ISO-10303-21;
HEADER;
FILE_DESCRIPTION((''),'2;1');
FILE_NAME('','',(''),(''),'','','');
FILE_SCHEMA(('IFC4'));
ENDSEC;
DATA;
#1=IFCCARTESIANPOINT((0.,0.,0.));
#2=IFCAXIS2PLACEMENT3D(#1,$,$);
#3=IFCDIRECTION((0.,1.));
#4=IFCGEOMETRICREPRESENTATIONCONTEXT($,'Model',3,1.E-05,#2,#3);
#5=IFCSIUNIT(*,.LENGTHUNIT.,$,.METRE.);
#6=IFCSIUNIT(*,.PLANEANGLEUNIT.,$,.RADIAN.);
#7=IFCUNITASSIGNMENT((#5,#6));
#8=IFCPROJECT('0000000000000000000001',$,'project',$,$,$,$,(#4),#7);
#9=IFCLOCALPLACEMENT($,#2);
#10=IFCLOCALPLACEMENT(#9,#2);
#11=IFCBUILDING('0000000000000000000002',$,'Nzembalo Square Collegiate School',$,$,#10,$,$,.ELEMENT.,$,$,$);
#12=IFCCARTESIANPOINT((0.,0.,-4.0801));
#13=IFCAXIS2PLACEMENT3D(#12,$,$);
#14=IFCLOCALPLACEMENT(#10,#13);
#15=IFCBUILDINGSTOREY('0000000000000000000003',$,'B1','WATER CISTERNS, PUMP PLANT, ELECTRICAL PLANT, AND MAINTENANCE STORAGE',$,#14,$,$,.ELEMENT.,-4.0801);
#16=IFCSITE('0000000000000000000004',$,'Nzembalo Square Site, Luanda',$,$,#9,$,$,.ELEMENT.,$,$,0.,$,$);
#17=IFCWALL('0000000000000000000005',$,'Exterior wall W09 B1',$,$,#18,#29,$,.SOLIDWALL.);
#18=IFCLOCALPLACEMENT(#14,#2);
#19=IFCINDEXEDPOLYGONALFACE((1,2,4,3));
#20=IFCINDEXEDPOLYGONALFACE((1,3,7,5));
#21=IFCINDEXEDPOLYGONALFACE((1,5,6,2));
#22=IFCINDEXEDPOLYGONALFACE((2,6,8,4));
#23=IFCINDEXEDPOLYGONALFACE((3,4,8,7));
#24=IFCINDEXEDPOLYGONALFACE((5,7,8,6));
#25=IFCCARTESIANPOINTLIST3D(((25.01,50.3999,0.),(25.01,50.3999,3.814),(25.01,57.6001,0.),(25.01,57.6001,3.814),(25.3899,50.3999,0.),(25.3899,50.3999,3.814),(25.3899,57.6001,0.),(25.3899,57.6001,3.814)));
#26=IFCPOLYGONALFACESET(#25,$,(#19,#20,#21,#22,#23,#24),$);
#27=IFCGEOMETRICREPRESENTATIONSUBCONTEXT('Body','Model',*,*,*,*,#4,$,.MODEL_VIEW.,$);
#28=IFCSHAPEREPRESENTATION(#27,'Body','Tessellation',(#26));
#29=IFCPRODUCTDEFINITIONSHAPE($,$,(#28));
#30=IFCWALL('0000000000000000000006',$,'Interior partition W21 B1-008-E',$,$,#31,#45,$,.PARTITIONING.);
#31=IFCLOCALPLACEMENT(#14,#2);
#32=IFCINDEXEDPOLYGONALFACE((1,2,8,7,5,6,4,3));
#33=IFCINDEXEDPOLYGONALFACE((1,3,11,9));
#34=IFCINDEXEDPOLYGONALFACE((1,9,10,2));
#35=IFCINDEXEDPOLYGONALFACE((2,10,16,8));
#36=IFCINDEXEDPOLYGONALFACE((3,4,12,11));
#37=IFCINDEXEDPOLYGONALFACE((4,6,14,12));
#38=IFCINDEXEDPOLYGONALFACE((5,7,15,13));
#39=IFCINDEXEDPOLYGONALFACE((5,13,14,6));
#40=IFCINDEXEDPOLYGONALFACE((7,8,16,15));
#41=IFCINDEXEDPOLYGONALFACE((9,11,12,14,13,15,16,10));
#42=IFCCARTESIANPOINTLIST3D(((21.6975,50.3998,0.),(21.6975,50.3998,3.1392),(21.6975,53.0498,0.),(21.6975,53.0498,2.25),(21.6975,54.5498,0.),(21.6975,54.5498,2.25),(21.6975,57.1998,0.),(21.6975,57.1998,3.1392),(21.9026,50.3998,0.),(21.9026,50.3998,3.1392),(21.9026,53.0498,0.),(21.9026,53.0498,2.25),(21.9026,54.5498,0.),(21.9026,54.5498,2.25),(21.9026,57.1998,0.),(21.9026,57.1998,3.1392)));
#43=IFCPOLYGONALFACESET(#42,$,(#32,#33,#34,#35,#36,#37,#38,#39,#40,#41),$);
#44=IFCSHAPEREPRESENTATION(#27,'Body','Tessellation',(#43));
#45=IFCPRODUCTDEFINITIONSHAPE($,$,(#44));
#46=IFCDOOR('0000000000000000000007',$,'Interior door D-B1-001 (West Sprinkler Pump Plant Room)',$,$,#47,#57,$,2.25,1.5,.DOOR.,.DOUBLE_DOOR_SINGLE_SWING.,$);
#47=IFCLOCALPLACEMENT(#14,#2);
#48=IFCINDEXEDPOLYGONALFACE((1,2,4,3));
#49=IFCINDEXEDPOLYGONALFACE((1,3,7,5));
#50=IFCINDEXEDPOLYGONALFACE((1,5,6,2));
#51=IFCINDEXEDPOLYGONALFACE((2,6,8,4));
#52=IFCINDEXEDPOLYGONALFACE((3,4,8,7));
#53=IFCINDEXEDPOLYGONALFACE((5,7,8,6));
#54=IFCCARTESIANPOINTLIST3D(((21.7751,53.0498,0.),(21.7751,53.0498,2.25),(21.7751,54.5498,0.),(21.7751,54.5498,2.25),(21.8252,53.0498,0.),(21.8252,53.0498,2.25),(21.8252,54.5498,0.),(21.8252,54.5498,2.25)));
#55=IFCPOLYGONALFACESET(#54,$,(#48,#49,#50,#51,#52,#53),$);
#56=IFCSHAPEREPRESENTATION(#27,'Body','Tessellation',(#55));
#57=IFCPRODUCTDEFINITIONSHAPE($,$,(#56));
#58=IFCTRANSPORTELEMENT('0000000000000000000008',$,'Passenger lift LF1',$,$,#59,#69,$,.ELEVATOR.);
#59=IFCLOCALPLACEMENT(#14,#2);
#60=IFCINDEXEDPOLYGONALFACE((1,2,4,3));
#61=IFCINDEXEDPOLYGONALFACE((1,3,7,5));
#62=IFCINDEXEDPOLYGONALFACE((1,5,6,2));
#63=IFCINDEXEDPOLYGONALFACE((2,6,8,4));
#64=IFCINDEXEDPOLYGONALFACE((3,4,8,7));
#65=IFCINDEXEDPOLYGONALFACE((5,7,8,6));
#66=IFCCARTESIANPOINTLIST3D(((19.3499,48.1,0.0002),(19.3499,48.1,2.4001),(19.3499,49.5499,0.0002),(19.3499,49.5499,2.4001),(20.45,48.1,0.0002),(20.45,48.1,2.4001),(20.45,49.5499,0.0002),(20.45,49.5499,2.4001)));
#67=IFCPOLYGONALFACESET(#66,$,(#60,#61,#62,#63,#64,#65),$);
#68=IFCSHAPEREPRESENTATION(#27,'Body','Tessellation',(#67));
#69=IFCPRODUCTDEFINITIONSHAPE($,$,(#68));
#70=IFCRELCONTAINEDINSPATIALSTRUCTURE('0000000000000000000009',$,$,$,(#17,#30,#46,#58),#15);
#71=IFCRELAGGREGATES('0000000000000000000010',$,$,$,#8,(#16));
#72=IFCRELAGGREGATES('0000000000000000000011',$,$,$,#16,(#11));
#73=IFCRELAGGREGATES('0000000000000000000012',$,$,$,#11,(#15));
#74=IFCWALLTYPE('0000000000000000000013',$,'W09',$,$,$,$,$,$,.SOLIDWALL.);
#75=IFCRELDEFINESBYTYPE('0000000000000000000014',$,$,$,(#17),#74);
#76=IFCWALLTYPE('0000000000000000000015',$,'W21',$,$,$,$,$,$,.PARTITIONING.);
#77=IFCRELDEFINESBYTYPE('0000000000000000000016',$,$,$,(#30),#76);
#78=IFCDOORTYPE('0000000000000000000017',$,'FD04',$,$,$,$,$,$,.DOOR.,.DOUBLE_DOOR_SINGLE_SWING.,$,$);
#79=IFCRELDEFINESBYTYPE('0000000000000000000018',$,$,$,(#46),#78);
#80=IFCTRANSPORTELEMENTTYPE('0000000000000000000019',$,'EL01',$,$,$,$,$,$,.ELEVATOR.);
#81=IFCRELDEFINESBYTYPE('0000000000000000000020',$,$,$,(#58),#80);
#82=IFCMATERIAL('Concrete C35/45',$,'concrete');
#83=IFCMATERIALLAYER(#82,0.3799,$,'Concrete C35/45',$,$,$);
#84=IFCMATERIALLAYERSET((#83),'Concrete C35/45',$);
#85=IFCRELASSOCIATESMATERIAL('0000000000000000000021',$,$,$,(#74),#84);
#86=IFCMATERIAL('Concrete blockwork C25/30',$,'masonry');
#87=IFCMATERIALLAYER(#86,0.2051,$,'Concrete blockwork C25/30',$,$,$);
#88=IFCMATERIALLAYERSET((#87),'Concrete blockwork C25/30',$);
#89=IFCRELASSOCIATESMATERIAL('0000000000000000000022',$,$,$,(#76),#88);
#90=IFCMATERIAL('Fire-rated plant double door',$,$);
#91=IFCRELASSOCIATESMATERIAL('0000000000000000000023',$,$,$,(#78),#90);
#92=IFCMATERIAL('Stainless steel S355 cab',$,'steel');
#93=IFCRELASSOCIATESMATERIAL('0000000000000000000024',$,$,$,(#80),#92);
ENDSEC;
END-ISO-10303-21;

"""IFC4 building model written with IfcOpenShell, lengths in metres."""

from ifc_helpers import new_model, si_unit, direction, frame, frame_2d, origin, origin_2d, place, context, subcontext, project, spatial, rectangle, extrude, material, layer, layer_set, type_object, element, fill, save


model = new_model("IFC4")

# Units and contexts
model_context = context("Model", 3, precision=1e-05, world=origin(), true_north=direction((0.0, 1.0)))
body_context = subcontext(model_context, "Body", "Model", "MODEL_VIEW")
ifc_project = project(units=[si_unit("LENGTHUNIT", "METRE"), si_unit("PLANEANGLEUNIT", "RADIAN")], contexts=[model_context])

# Site, building, storey
site_placement = place(None, origin())
site = spatial("IfcSite", under=ifc_project, at=site_placement, Name="Nzembalo Square Site, Luanda", CompositionType="ELEMENT", RefElevation=0.0)
building_placement = place(site_placement, origin())
building = spatial("IfcBuilding", under=site, at=building_placement, Name="Nzembalo Square Collegiate School", CompositionType="ELEMENT")
storey_placement = place(building_placement, frame((0.0, 0.0, -4.0801)))
storey = spatial("IfcBuildingStorey", under=building, at=storey_placement, Name="B1", Description="WATER CISTERNS, PUMP PLANT, ELECTRICAL PLANT, AND MAINTENANCE STORAGE", CompositionType="ELEMENT", Elevation=-4.0801)

# Wall
ifc_material_1 = material(Name="Concrete C35/45", Category="concrete")
ifc_layer_1 = layer(ifc_material_1, 0.3799, Name="Concrete C35/45")
ifc_layer_set_1 = layer_set([ifc_layer_1], Name="Concrete C35/45")
wall_type_1 = type_object("IfcWallType", Name="W09", PredefinedType="SOLIDWALL", material=ifc_layer_set_1)
wall_1_placement = place(storey_placement, frame((25.2, 50.3999, 0.0), z_axis=(0.0, 0.0, 1.0), x_axis=(0.0, 1.0, 0.0)))
element("IfcWall", 1, at=wall_1_placement, inside=storey, type_object=wall_type_1, Name="Exterior wall W09 B1", PredefinedType="SOLIDWALL", context=body_context, shape_type="SweptSolid", body=[
    extrude(rectangle(XDim=7.2002, YDim=0.3799, at=frame_2d((3.6001, 0.0))), origin(), (0.0, 0.0, 1.0), 3.814),
])

# Wall, opening, door
ifc_material_2 = material(Name="Concrete blockwork C25/30", Category="masonry")
ifc_layer_2 = layer(ifc_material_2, 0.2051, Name="Concrete blockwork C25/30")
ifc_layer_set_2 = layer_set([ifc_layer_2], Name="Concrete blockwork C25/30")
wall_type_2 = type_object("IfcWallType", Name="W21", PredefinedType="PARTITIONING", material=ifc_layer_set_2)
wall_2_placement = place(storey_placement, frame((21.8, 50.3999, 0.0), z_axis=(0.0, 0.0, 1.0), x_axis=(0.0, 1.0, 0.0)))
wall_2 = element("IfcWall", 2, at=wall_2_placement, inside=storey, type_object=wall_type_2, Name="Interior partition W21 B1-008-E", PredefinedType="PARTITIONING", context=body_context, shape_type="SweptSolid", body=[
    extrude(rectangle(XDim=6.8, YDim=0.2051, at=frame_2d((3.3999, 0.0))), origin(), (0.0, 0.0, 1.0), 3.1392),
])
opening_placement = place(wall_2_placement, frame((2.6499, 0.0, 0.0)))
opening = element("IfcOpeningElement", 3, at=opening_placement, cuts=wall_2, PredefinedType="OPENING", context=body_context, shape_type="SweptSolid", body=[
    extrude(rectangle(XDim=1.5, YDim=2.25, at=frame_2d((0.75, 1.125))), frame((0.0, 0.1125, 0.0), z_axis=(0.0, -1.0, 0.0), x_axis=(1.0, 0.0, 0.0)), (0.0, 0.0, 1.0), 0.2251),
])
ifc_material_3 = material(Name="Fire-rated plant double door")
door_type = type_object("IfcDoorType", Name="FD04", OperationType="DOUBLE_DOOR_SINGLE_SWING", PredefinedType="DOOR", material=ifc_material_3)
door_placement = place(opening_placement, origin())
door = element("IfcDoor", 4, at=door_placement, inside=storey, type_object=door_type, Name="Interior door D-B1-001 (West Sprinkler Pump Plant Room)", OperationType="DOUBLE_DOOR_SINGLE_SWING", OverallHeight=2.25, OverallWidth=1.5, PredefinedType="DOOR", context=body_context, shape_type="SweptSolid", body=[
    extrude(rectangle(XDim=1.5, YDim=2.25, at=frame_2d((0.75, 1.125))), frame((0.0, 0.0249, 0.0), z_axis=(0.0, -1.0, 0.0), x_axis=(1.0, 0.0, 0.0)), (0.0, 0.0, 1.0), 0.05),
])
fill(opening, door)

# Transport element
ifc_material_4 = material(Name="Stainless steel S355 cab", Category="steel")
transport_element_type = type_object("IfcTransportElementType", Name="EL01", PredefinedType="ELEVATOR", material=ifc_material_4)
transport_element_placement = place(storey_placement, frame((19.8999, 48.825, 0.0002), z_axis=(0.0, 0.0, 1.0), x_axis=(1.0, 0.0, 0.0)))
element("IfcTransportElement", 5, at=transport_element_placement, inside=storey, type_object=transport_element_type, Name="Passenger lift LF1", PredefinedType="ELEVATOR", context=body_context, shape_type="SweptSolid", body=[
    extrude(rectangle(XDim=1.1001, YDim=1.45, at=origin_2d()), origin(), (0.0, 0.0, 1.0), 2.3999),
])

save(model, "model.ifc")
